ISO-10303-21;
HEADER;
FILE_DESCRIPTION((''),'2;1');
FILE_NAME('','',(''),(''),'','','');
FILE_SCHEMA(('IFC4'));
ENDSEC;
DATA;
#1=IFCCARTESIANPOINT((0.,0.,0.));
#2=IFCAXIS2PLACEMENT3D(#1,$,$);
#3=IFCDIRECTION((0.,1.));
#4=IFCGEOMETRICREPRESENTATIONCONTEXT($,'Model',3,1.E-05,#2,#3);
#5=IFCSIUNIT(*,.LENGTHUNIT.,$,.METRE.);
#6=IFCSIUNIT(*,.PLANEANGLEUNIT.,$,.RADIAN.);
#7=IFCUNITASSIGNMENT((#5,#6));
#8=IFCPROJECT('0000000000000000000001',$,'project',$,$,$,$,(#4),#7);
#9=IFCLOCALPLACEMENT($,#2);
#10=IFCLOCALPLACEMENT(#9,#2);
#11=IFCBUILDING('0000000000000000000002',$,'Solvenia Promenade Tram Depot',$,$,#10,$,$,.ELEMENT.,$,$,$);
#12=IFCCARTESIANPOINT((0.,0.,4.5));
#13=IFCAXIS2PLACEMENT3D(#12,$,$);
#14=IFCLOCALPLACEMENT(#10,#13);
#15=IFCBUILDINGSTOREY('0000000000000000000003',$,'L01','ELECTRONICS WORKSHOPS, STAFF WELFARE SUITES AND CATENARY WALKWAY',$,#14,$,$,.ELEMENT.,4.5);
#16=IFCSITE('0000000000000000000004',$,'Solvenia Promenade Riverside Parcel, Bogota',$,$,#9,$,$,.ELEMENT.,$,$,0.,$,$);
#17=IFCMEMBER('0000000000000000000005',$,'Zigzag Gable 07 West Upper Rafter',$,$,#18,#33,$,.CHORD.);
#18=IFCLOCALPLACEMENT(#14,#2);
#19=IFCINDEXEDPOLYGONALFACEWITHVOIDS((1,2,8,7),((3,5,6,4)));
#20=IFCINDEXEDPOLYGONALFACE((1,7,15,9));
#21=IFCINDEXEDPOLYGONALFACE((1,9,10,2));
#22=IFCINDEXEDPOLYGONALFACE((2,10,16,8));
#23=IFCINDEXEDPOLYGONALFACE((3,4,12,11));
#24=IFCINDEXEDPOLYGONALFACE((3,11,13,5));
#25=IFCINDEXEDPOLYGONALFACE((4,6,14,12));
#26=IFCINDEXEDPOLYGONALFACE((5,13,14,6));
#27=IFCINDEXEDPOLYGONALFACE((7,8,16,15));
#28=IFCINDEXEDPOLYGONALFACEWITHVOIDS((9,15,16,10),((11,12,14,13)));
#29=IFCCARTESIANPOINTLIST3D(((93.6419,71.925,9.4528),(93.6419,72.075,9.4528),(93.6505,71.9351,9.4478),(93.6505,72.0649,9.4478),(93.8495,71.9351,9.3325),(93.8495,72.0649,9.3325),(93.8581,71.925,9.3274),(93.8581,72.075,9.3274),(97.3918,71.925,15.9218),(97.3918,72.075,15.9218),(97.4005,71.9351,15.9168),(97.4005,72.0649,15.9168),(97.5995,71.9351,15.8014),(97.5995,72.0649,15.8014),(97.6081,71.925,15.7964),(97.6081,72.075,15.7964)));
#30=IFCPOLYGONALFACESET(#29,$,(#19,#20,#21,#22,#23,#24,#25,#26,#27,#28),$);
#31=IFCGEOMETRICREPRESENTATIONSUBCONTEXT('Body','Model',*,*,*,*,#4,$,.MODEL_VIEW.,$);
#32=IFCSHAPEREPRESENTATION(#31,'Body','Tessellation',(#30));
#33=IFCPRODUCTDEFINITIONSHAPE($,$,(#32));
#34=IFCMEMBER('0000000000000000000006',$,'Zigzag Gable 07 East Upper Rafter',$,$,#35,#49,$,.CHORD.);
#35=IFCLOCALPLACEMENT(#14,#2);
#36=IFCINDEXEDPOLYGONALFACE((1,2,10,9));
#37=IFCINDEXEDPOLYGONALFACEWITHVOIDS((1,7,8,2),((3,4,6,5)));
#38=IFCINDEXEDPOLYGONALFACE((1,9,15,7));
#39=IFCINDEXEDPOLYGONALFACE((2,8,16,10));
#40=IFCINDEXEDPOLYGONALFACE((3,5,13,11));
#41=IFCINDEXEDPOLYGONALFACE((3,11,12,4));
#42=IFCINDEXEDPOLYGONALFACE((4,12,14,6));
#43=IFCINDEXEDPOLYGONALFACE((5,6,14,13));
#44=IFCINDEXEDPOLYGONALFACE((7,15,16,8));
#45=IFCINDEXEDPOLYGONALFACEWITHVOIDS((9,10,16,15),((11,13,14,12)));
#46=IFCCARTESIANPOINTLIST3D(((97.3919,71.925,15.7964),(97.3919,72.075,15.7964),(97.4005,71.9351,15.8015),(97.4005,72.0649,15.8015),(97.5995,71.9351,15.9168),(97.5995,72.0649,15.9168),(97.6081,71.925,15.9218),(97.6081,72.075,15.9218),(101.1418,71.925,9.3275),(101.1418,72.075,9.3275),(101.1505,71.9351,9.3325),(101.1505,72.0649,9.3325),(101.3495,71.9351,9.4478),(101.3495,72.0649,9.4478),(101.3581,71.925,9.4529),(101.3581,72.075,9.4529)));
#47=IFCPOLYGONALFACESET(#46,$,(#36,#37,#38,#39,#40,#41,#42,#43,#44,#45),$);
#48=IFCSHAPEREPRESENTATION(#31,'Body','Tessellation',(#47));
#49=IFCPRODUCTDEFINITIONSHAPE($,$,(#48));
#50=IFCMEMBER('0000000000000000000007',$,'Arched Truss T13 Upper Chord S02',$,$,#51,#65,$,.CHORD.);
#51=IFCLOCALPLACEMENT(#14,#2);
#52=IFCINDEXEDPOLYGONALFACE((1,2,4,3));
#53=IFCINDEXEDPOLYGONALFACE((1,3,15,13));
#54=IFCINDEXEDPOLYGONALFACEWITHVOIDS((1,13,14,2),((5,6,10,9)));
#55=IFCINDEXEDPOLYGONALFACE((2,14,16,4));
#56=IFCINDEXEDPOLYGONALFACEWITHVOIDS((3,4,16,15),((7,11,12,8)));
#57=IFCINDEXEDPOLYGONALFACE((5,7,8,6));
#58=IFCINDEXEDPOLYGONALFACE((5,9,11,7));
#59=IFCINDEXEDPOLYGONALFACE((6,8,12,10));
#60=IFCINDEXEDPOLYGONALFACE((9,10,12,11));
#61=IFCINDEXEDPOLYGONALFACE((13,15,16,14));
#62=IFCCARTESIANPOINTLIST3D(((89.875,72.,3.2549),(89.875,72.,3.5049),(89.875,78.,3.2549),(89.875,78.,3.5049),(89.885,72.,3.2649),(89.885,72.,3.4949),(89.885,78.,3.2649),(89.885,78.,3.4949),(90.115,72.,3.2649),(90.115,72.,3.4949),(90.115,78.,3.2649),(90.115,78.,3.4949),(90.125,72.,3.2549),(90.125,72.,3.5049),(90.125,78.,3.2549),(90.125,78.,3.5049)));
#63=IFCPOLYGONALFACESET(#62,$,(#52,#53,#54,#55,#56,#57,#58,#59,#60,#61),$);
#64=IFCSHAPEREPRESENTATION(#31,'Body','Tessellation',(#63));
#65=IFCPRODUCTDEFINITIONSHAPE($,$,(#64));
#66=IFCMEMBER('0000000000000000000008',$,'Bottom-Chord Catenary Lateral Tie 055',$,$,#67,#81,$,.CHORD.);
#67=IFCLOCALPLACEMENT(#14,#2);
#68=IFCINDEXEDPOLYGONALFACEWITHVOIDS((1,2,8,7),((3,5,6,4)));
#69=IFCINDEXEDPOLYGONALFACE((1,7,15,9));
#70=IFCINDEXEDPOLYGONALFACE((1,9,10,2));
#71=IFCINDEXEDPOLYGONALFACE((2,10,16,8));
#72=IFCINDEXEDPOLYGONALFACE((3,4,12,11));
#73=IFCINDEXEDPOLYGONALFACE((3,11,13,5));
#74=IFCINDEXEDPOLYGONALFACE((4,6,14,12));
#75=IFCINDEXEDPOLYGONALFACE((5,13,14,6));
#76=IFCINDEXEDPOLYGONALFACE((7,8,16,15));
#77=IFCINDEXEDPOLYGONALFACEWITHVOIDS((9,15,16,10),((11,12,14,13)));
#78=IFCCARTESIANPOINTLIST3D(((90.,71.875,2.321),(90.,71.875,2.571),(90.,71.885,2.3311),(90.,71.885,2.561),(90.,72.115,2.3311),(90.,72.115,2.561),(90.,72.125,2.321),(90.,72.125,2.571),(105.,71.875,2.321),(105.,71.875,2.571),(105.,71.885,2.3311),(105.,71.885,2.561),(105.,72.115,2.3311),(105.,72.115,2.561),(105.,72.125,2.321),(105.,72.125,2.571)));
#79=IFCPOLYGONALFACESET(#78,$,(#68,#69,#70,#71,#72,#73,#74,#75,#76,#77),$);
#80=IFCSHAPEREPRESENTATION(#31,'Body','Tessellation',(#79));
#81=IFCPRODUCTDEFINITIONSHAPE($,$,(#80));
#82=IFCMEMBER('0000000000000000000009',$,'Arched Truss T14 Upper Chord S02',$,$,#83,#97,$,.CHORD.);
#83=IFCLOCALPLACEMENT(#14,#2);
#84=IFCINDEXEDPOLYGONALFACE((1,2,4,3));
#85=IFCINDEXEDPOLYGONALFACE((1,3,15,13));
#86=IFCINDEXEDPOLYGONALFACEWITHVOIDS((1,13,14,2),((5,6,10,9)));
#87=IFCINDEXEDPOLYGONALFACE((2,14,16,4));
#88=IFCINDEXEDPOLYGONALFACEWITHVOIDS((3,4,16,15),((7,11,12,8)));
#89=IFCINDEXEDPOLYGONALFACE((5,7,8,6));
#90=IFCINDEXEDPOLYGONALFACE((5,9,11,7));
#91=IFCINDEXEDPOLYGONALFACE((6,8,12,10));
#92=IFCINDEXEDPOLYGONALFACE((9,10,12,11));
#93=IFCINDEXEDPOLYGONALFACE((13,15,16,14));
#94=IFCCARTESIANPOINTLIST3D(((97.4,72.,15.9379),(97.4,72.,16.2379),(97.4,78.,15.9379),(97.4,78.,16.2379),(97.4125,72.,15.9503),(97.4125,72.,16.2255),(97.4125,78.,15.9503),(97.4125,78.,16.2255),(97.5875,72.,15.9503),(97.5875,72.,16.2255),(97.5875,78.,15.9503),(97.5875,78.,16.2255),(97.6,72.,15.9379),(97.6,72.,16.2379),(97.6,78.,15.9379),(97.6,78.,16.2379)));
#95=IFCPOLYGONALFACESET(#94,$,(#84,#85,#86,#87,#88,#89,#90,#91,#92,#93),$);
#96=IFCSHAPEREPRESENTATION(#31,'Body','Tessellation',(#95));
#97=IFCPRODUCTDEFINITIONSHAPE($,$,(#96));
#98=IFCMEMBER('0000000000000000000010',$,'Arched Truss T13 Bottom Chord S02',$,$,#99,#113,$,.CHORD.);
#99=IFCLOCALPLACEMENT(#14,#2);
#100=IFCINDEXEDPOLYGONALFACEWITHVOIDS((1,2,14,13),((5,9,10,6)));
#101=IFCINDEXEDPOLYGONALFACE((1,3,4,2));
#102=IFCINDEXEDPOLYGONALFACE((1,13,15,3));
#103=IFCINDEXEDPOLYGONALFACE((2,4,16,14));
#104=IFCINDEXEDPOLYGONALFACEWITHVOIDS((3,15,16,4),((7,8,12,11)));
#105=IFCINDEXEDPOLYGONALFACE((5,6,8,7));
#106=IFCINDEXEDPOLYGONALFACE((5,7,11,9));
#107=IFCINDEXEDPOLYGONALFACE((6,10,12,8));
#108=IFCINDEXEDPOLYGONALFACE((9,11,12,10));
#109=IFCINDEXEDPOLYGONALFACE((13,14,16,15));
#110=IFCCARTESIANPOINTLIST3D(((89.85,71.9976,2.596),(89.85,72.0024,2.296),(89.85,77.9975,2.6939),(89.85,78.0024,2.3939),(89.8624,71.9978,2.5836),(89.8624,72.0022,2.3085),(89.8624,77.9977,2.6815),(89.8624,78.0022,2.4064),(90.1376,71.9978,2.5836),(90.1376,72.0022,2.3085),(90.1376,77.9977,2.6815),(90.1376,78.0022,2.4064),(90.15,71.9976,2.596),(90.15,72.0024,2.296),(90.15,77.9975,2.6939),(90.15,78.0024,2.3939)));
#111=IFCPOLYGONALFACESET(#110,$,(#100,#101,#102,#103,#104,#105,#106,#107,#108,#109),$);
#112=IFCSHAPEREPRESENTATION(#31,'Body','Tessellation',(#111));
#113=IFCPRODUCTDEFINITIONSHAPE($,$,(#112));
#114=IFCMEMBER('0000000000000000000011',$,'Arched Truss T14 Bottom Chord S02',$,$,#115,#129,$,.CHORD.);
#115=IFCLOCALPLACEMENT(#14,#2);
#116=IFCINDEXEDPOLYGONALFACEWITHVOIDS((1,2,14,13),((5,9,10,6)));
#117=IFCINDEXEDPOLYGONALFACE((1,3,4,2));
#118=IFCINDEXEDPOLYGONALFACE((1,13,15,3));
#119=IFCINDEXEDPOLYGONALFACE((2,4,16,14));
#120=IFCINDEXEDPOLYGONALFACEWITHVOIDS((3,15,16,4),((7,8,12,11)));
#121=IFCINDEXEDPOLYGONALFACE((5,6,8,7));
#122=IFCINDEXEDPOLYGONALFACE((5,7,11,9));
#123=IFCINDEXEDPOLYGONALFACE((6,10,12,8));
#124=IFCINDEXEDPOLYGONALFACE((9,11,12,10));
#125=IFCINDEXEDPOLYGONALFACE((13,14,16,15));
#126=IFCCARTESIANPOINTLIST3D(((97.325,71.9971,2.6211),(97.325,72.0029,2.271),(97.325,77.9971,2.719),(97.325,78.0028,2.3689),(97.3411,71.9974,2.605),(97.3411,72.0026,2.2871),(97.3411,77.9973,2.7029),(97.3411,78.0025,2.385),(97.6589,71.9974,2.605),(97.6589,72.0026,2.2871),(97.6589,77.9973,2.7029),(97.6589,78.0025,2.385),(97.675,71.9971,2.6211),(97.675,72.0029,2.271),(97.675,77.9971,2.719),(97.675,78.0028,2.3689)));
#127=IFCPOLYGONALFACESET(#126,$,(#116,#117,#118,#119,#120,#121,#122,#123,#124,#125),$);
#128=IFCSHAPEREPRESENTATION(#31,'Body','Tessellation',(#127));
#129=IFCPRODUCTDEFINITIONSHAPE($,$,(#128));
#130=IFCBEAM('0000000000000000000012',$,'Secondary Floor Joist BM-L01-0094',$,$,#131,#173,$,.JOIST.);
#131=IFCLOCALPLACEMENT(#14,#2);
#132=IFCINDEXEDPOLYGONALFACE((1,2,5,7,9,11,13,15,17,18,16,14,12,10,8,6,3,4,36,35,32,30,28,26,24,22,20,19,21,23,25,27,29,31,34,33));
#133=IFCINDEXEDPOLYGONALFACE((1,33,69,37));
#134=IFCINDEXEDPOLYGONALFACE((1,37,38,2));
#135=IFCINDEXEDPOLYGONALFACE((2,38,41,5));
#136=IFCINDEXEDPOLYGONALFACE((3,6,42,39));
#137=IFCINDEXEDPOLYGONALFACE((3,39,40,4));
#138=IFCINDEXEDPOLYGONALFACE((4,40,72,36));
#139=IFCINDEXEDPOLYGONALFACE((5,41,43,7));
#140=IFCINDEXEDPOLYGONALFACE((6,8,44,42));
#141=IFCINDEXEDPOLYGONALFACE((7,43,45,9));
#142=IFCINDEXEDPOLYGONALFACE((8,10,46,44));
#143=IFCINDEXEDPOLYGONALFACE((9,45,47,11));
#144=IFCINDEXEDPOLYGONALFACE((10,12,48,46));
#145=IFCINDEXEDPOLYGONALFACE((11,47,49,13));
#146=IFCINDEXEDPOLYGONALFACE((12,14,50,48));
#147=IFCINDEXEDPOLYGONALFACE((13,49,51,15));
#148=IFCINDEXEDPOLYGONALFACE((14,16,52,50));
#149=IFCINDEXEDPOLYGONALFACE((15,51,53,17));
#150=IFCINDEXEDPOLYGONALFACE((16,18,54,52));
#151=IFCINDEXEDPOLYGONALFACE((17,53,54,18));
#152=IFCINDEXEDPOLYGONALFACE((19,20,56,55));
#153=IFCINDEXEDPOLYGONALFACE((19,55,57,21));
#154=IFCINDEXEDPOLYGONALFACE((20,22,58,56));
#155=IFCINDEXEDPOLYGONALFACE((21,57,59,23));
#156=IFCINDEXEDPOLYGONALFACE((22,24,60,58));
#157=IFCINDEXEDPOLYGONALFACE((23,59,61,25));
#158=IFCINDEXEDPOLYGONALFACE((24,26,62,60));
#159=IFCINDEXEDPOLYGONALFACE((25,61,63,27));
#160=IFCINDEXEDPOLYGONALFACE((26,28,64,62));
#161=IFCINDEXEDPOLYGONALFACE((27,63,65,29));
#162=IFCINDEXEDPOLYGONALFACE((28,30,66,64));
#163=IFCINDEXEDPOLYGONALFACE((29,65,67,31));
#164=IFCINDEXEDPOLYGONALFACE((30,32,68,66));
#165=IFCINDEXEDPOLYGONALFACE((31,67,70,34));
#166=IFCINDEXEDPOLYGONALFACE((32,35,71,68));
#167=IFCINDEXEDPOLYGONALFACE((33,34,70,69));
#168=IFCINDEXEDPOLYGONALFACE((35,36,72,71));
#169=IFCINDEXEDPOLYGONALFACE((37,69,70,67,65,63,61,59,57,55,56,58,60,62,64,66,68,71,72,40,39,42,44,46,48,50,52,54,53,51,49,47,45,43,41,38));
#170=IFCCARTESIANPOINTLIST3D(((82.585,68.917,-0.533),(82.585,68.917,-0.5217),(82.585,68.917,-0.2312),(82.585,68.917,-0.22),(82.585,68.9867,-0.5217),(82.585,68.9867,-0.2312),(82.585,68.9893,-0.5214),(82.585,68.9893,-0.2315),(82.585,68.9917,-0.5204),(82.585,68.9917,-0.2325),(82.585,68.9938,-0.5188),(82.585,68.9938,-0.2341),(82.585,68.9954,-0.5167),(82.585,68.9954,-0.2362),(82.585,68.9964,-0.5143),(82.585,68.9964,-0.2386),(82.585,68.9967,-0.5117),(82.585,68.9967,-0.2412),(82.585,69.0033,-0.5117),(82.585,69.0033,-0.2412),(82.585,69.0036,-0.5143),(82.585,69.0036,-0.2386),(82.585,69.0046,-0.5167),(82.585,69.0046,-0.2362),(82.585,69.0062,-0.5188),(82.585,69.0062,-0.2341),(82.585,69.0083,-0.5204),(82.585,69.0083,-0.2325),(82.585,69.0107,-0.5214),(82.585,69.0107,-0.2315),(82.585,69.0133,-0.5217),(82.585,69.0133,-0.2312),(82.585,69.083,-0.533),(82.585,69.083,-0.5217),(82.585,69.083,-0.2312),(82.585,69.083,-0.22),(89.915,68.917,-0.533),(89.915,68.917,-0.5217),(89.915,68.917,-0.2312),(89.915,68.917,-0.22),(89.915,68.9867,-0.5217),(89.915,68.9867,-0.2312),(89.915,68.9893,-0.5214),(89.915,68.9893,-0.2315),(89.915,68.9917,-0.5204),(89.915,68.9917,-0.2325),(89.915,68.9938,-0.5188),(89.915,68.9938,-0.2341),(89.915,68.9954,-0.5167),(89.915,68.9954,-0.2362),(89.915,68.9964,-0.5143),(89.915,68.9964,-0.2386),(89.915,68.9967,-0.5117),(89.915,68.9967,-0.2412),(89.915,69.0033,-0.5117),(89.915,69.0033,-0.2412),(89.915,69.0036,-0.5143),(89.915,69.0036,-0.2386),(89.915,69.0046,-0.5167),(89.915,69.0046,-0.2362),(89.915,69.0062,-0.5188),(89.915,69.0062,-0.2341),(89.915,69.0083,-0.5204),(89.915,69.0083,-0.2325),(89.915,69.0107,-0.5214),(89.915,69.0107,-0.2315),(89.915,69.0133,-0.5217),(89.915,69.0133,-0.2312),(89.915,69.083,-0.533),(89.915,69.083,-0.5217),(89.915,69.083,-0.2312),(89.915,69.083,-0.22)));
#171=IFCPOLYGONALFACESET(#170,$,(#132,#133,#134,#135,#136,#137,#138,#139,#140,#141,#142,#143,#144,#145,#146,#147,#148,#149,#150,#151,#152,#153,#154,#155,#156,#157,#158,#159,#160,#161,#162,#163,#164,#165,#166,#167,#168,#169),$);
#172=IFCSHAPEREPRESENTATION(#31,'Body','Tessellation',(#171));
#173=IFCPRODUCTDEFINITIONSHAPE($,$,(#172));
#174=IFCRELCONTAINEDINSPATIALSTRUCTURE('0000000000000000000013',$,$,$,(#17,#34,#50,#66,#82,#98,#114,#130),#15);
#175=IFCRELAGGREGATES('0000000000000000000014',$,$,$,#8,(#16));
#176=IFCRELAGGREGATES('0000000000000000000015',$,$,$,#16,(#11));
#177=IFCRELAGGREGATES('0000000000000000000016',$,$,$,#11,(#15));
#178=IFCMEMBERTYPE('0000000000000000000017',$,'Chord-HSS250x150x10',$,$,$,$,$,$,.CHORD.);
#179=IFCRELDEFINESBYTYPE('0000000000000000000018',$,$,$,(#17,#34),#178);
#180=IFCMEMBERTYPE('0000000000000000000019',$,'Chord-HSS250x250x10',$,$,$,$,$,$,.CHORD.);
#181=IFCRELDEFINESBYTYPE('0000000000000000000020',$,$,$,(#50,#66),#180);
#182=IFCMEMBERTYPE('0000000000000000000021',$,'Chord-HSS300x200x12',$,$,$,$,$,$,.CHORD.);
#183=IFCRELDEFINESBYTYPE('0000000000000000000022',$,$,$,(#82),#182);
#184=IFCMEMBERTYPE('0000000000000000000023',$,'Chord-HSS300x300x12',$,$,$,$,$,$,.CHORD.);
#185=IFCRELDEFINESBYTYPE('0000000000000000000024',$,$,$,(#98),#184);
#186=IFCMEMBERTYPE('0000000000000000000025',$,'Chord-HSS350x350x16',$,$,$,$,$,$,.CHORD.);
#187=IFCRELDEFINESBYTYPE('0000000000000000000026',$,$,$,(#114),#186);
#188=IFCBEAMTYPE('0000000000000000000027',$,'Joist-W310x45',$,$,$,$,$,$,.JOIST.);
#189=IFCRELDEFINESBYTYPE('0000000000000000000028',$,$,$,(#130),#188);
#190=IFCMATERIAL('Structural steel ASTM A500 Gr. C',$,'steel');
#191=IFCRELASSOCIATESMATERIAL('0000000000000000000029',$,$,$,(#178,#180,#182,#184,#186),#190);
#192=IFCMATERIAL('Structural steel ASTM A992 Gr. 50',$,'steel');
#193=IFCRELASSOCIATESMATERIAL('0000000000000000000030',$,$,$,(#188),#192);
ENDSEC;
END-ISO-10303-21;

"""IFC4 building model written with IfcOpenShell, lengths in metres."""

from ifc_helpers import new_model, si_unit, direction, frame, origin, origin_2d, place, context, subcontext, project, spatial, hollow_rectangle, i_section, extrude, material, material_profile, profile_set, type_object, element, save


model = new_model("IFC4")

# Units and contexts
model_context = context("Model", 3, precision=1e-05, world=origin(), true_north=direction((0.0, 1.0)))
body_context = subcontext(model_context, "Body", "Model", "MODEL_VIEW")
ifc_project = project(units=[si_unit("LENGTHUNIT", "METRE"), si_unit("PLANEANGLEUNIT", "RADIAN")], contexts=[model_context])

# Site, building, storey
site_placement = place(None, origin())
site = spatial("IfcSite", under=ifc_project, at=site_placement, Name="Solvenia Promenade Riverside Parcel, Bogota", CompositionType="ELEMENT", RefElevation=0.0)
building_placement = place(site_placement, origin())
building = spatial("IfcBuilding", under=site, at=building_placement, Name="Solvenia Promenade Tram Depot", CompositionType="ELEMENT")
storey_placement = place(building_placement, frame((0.0, 0.0, 4.5)))
storey = spatial("IfcBuildingStorey", under=building, at=storey_placement, Name="L01", Description="ELECTRONICS WORKSHOPS, STAFF WELFARE SUITES AND CATENARY WALKWAY", CompositionType="ELEMENT", Elevation=4.5)

# Shared definitions
ifc_material_1 = material(Name="Structural steel ASTM A992 Gr. 50", Category="steel")

# Members
ifc_material_2 = material(Name="Structural steel ASTM A500 Gr. C", Category="steel")
ifc_material_profile_1 = material_profile(ifc_material_2, hollow_rectangle(XDim=0.1499, YDim=0.25, WallThickness=0.01, at=origin_2d()), Name="HSS250x150x10", Category="steel")
ifc_profile_set_1 = profile_set([ifc_material_profile_1], Name="Structural steel ASTM A500 Gr. C")
member_type_1 = type_object("IfcMemberType", Name="Chord-HSS250x150x10", PredefinedType="CHORD", material=ifc_profile_set_1)
for number, where, z_axis, x_axis, name in (
    (1, (93.75, 72.0, 9.3901), (0.501516, 0.0, 0.865148), (0.0, 1.0, 0.0), "Zigzag Gable 07 West Upper Rafter"),
    (2, (97.5, 72.0, 15.8591), (0.501516, 0.0, -0.865148), (0.0, 1.0, 0.0), "Zigzag Gable 07 East Upper Rafter"),
):
    element("IfcMember", number, at=place(storey_placement, frame(where, z_axis=z_axis, x_axis=x_axis)), inside=storey, type_object=member_type_1, Name=name, PredefinedType="CHORD", context=body_context, shape_type="SweptSolid", body=[
        extrude(hollow_rectangle(XDim=0.1499, YDim=0.25, WallThickness=0.01, at=origin_2d()), origin(), (0.0, 0.0, 1.0), 7.4773),
    ])
ifc_material_profile_2 = material_profile(ifc_material_2, hollow_rectangle(XDim=0.25, YDim=0.25, WallThickness=0.01, at=origin_2d()), Name="HSS250x250x10", Category="steel")
ifc_profile_set_2 = profile_set([ifc_material_profile_2], Name="Structural steel ASTM A500 Gr. C")
member_type_2 = type_object("IfcMemberType", Name="Chord-HSS250x250x10", PredefinedType="CHORD", material=ifc_profile_set_2)
member_1_placement = place(storey_placement, frame((90.0, 72.0, 3.3799), z_axis=(0.0, 1.0, 0.0), x_axis=(-1.0, 0.0, 0.0)))
element("IfcMember", 3, at=member_1_placement, inside=storey, type_object=member_type_2, Name="Arched Truss T13 Upper Chord S02", PredefinedType="CHORD", context=body_context, shape_type="SweptSolid", body=[
    extrude(hollow_rectangle(XDim=0.25, YDim=0.25, WallThickness=0.01, at=origin_2d()), origin(), (0.0, 0.0, 1.0), 6.0),
])
member_2_placement = place(storey_placement, frame((90.0, 72.0, 2.446), z_axis=(1.0, 0.0, 0.0), x_axis=(0.0, 1.0, 0.0)))
element("IfcMember", 4, at=member_2_placement, inside=storey, type_object=member_type_2, Name="Bottom-Chord Catenary Lateral Tie 055", PredefinedType="CHORD", context=body_context, shape_type="SweptSolid", body=[
    extrude(hollow_rectangle(XDim=0.25, YDim=0.25, WallThickness=0.01, at=origin_2d()), origin(), (0.0, 0.0, 1.0), 15.0),
])
ifc_material_profile_3 = material_profile(ifc_material_2, hollow_rectangle(XDim=0.2, YDim=0.3, WallThickness=0.0125, at=origin_2d()), Name="HSS300x200x12.5", Category="steel")
ifc_profile_set_3 = profile_set([ifc_material_profile_3], Name="Structural steel ASTM A500 Gr. C")
member_type_3 = type_object("IfcMemberType", Name="Chord-HSS300x200x12", PredefinedType="CHORD", material=ifc_profile_set_3)
member_3_placement = place(storey_placement, frame((97.5, 72.0, 16.0879), z_axis=(0.0, 1.0, 0.0), x_axis=(-1.0, 0.0, 0.0)))
element("IfcMember", 5, at=member_3_placement, inside=storey, type_object=member_type_3, Name="Arched Truss T14 Upper Chord S02", PredefinedType="CHORD", context=body_context, shape_type="SweptSolid", body=[
    extrude(hollow_rectangle(XDim=0.2, YDim=0.3, WallThickness=0.0125, at=origin_2d()), origin(), (0.0, 0.0, 1.0), 6.0),
])
ifc_material_profile_4 = material_profile(ifc_material_2, hollow_rectangle(XDim=0.3, YDim=0.3, WallThickness=0.0125, at=origin_2d()), Name="HSS300x300x12.5", Category="steel")
ifc_profile_set_4 = profile_set([ifc_material_profile_4], Name="Structural steel ASTM A500 Gr. C")
member_type_4 = type_object("IfcMemberType", Name="Chord-HSS300x300x12", PredefinedType="CHORD", material=ifc_profile_set_4)
member_4_placement = place(storey_placement, frame((90.0, 72.0, 2.446), z_axis=(0.0, 0.999867, 0.016315), x_axis=(-1.0, 0.0, 0.0)))
element("IfcMember", 6, at=member_4_placement, inside=storey, type_object=member_type_4, Name="Arched Truss T13 Bottom Chord S02", PredefinedType="CHORD", context=body_context, shape_type="SweptSolid", body=[
    extrude(hollow_rectangle(XDim=0.3, YDim=0.3, WallThickness=0.0125, at=origin_2d()), origin(), (0.0, 0.0, 1.0), 6.0007),
])
ifc_material_profile_5 = material_profile(ifc_material_2, hollow_rectangle(XDim=0.3501, YDim=0.3501, WallThickness=0.0161, at=origin_2d()), Name="HSS350x350x16", Category="steel")
ifc_profile_set_5 = profile_set([ifc_material_profile_5], Name="Structural steel ASTM A500 Gr. C")
member_type_5 = type_object("IfcMemberType", Name="Chord-HSS350x350x16", PredefinedType="CHORD", material=ifc_profile_set_5)
member_5_placement = place(storey_placement, frame((97.5, 72.0, 2.446), z_axis=(0.0, 0.999867, 0.016315), x_axis=(-1.0, 0.0, 0.0)))
element("IfcMember", 7, at=member_5_placement, inside=storey, type_object=member_type_5, Name="Arched Truss T14 Bottom Chord S02", PredefinedType="CHORD", context=body_context, shape_type="SweptSolid", body=[
    extrude(hollow_rectangle(XDim=0.3501, YDim=0.3501, WallThickness=0.0161, at=origin_2d()), origin(), (0.0, 0.0, 1.0), 6.0007),
])

# Beam
ifc_material_profile_6 = material_profile(ifc_material_1, i_section(OverallWidth=0.166, OverallDepth=0.313, WebThickness=0.0066, FlangeThickness=0.0112, FilletRadius=0.01, at=origin_2d()), Name="W310x45", Category="steel")
ifc_profile_set_6 = profile_set([ifc_material_profile_6], Name="Structural steel ASTM A992 Gr. 50")
beam_type_1 = type_object("IfcBeamType", Name="Joist-W310x45", PredefinedType="JOIST", material=ifc_profile_set_6)
for number, where, z_axis, x_axis, name in (
    (8, (82.585, 69.0, -0.3765), (1.0, 0.0, 0.0), (0.0, 1.0, 0.0), "Secondary Floor Joist BM-L01-0094"),
):
    element("IfcBeam", number, at=place(storey_placement, frame(where, z_axis=z_axis, x_axis=x_axis)), inside=storey, type_object=beam_type_1, Name=name, PredefinedType="JOIST", context=body_context, shape_type="SweptSolid", body=[
        extrude(i_section(OverallWidth=0.166, OverallDepth=0.313, WebThickness=0.0066, FlangeThickness=0.0112, FilletRadius=0.01, at=origin_2d()), origin(), (0.0, 0.0, 1.0), 7.3301),
    ])

save(model, "model.ifc")
